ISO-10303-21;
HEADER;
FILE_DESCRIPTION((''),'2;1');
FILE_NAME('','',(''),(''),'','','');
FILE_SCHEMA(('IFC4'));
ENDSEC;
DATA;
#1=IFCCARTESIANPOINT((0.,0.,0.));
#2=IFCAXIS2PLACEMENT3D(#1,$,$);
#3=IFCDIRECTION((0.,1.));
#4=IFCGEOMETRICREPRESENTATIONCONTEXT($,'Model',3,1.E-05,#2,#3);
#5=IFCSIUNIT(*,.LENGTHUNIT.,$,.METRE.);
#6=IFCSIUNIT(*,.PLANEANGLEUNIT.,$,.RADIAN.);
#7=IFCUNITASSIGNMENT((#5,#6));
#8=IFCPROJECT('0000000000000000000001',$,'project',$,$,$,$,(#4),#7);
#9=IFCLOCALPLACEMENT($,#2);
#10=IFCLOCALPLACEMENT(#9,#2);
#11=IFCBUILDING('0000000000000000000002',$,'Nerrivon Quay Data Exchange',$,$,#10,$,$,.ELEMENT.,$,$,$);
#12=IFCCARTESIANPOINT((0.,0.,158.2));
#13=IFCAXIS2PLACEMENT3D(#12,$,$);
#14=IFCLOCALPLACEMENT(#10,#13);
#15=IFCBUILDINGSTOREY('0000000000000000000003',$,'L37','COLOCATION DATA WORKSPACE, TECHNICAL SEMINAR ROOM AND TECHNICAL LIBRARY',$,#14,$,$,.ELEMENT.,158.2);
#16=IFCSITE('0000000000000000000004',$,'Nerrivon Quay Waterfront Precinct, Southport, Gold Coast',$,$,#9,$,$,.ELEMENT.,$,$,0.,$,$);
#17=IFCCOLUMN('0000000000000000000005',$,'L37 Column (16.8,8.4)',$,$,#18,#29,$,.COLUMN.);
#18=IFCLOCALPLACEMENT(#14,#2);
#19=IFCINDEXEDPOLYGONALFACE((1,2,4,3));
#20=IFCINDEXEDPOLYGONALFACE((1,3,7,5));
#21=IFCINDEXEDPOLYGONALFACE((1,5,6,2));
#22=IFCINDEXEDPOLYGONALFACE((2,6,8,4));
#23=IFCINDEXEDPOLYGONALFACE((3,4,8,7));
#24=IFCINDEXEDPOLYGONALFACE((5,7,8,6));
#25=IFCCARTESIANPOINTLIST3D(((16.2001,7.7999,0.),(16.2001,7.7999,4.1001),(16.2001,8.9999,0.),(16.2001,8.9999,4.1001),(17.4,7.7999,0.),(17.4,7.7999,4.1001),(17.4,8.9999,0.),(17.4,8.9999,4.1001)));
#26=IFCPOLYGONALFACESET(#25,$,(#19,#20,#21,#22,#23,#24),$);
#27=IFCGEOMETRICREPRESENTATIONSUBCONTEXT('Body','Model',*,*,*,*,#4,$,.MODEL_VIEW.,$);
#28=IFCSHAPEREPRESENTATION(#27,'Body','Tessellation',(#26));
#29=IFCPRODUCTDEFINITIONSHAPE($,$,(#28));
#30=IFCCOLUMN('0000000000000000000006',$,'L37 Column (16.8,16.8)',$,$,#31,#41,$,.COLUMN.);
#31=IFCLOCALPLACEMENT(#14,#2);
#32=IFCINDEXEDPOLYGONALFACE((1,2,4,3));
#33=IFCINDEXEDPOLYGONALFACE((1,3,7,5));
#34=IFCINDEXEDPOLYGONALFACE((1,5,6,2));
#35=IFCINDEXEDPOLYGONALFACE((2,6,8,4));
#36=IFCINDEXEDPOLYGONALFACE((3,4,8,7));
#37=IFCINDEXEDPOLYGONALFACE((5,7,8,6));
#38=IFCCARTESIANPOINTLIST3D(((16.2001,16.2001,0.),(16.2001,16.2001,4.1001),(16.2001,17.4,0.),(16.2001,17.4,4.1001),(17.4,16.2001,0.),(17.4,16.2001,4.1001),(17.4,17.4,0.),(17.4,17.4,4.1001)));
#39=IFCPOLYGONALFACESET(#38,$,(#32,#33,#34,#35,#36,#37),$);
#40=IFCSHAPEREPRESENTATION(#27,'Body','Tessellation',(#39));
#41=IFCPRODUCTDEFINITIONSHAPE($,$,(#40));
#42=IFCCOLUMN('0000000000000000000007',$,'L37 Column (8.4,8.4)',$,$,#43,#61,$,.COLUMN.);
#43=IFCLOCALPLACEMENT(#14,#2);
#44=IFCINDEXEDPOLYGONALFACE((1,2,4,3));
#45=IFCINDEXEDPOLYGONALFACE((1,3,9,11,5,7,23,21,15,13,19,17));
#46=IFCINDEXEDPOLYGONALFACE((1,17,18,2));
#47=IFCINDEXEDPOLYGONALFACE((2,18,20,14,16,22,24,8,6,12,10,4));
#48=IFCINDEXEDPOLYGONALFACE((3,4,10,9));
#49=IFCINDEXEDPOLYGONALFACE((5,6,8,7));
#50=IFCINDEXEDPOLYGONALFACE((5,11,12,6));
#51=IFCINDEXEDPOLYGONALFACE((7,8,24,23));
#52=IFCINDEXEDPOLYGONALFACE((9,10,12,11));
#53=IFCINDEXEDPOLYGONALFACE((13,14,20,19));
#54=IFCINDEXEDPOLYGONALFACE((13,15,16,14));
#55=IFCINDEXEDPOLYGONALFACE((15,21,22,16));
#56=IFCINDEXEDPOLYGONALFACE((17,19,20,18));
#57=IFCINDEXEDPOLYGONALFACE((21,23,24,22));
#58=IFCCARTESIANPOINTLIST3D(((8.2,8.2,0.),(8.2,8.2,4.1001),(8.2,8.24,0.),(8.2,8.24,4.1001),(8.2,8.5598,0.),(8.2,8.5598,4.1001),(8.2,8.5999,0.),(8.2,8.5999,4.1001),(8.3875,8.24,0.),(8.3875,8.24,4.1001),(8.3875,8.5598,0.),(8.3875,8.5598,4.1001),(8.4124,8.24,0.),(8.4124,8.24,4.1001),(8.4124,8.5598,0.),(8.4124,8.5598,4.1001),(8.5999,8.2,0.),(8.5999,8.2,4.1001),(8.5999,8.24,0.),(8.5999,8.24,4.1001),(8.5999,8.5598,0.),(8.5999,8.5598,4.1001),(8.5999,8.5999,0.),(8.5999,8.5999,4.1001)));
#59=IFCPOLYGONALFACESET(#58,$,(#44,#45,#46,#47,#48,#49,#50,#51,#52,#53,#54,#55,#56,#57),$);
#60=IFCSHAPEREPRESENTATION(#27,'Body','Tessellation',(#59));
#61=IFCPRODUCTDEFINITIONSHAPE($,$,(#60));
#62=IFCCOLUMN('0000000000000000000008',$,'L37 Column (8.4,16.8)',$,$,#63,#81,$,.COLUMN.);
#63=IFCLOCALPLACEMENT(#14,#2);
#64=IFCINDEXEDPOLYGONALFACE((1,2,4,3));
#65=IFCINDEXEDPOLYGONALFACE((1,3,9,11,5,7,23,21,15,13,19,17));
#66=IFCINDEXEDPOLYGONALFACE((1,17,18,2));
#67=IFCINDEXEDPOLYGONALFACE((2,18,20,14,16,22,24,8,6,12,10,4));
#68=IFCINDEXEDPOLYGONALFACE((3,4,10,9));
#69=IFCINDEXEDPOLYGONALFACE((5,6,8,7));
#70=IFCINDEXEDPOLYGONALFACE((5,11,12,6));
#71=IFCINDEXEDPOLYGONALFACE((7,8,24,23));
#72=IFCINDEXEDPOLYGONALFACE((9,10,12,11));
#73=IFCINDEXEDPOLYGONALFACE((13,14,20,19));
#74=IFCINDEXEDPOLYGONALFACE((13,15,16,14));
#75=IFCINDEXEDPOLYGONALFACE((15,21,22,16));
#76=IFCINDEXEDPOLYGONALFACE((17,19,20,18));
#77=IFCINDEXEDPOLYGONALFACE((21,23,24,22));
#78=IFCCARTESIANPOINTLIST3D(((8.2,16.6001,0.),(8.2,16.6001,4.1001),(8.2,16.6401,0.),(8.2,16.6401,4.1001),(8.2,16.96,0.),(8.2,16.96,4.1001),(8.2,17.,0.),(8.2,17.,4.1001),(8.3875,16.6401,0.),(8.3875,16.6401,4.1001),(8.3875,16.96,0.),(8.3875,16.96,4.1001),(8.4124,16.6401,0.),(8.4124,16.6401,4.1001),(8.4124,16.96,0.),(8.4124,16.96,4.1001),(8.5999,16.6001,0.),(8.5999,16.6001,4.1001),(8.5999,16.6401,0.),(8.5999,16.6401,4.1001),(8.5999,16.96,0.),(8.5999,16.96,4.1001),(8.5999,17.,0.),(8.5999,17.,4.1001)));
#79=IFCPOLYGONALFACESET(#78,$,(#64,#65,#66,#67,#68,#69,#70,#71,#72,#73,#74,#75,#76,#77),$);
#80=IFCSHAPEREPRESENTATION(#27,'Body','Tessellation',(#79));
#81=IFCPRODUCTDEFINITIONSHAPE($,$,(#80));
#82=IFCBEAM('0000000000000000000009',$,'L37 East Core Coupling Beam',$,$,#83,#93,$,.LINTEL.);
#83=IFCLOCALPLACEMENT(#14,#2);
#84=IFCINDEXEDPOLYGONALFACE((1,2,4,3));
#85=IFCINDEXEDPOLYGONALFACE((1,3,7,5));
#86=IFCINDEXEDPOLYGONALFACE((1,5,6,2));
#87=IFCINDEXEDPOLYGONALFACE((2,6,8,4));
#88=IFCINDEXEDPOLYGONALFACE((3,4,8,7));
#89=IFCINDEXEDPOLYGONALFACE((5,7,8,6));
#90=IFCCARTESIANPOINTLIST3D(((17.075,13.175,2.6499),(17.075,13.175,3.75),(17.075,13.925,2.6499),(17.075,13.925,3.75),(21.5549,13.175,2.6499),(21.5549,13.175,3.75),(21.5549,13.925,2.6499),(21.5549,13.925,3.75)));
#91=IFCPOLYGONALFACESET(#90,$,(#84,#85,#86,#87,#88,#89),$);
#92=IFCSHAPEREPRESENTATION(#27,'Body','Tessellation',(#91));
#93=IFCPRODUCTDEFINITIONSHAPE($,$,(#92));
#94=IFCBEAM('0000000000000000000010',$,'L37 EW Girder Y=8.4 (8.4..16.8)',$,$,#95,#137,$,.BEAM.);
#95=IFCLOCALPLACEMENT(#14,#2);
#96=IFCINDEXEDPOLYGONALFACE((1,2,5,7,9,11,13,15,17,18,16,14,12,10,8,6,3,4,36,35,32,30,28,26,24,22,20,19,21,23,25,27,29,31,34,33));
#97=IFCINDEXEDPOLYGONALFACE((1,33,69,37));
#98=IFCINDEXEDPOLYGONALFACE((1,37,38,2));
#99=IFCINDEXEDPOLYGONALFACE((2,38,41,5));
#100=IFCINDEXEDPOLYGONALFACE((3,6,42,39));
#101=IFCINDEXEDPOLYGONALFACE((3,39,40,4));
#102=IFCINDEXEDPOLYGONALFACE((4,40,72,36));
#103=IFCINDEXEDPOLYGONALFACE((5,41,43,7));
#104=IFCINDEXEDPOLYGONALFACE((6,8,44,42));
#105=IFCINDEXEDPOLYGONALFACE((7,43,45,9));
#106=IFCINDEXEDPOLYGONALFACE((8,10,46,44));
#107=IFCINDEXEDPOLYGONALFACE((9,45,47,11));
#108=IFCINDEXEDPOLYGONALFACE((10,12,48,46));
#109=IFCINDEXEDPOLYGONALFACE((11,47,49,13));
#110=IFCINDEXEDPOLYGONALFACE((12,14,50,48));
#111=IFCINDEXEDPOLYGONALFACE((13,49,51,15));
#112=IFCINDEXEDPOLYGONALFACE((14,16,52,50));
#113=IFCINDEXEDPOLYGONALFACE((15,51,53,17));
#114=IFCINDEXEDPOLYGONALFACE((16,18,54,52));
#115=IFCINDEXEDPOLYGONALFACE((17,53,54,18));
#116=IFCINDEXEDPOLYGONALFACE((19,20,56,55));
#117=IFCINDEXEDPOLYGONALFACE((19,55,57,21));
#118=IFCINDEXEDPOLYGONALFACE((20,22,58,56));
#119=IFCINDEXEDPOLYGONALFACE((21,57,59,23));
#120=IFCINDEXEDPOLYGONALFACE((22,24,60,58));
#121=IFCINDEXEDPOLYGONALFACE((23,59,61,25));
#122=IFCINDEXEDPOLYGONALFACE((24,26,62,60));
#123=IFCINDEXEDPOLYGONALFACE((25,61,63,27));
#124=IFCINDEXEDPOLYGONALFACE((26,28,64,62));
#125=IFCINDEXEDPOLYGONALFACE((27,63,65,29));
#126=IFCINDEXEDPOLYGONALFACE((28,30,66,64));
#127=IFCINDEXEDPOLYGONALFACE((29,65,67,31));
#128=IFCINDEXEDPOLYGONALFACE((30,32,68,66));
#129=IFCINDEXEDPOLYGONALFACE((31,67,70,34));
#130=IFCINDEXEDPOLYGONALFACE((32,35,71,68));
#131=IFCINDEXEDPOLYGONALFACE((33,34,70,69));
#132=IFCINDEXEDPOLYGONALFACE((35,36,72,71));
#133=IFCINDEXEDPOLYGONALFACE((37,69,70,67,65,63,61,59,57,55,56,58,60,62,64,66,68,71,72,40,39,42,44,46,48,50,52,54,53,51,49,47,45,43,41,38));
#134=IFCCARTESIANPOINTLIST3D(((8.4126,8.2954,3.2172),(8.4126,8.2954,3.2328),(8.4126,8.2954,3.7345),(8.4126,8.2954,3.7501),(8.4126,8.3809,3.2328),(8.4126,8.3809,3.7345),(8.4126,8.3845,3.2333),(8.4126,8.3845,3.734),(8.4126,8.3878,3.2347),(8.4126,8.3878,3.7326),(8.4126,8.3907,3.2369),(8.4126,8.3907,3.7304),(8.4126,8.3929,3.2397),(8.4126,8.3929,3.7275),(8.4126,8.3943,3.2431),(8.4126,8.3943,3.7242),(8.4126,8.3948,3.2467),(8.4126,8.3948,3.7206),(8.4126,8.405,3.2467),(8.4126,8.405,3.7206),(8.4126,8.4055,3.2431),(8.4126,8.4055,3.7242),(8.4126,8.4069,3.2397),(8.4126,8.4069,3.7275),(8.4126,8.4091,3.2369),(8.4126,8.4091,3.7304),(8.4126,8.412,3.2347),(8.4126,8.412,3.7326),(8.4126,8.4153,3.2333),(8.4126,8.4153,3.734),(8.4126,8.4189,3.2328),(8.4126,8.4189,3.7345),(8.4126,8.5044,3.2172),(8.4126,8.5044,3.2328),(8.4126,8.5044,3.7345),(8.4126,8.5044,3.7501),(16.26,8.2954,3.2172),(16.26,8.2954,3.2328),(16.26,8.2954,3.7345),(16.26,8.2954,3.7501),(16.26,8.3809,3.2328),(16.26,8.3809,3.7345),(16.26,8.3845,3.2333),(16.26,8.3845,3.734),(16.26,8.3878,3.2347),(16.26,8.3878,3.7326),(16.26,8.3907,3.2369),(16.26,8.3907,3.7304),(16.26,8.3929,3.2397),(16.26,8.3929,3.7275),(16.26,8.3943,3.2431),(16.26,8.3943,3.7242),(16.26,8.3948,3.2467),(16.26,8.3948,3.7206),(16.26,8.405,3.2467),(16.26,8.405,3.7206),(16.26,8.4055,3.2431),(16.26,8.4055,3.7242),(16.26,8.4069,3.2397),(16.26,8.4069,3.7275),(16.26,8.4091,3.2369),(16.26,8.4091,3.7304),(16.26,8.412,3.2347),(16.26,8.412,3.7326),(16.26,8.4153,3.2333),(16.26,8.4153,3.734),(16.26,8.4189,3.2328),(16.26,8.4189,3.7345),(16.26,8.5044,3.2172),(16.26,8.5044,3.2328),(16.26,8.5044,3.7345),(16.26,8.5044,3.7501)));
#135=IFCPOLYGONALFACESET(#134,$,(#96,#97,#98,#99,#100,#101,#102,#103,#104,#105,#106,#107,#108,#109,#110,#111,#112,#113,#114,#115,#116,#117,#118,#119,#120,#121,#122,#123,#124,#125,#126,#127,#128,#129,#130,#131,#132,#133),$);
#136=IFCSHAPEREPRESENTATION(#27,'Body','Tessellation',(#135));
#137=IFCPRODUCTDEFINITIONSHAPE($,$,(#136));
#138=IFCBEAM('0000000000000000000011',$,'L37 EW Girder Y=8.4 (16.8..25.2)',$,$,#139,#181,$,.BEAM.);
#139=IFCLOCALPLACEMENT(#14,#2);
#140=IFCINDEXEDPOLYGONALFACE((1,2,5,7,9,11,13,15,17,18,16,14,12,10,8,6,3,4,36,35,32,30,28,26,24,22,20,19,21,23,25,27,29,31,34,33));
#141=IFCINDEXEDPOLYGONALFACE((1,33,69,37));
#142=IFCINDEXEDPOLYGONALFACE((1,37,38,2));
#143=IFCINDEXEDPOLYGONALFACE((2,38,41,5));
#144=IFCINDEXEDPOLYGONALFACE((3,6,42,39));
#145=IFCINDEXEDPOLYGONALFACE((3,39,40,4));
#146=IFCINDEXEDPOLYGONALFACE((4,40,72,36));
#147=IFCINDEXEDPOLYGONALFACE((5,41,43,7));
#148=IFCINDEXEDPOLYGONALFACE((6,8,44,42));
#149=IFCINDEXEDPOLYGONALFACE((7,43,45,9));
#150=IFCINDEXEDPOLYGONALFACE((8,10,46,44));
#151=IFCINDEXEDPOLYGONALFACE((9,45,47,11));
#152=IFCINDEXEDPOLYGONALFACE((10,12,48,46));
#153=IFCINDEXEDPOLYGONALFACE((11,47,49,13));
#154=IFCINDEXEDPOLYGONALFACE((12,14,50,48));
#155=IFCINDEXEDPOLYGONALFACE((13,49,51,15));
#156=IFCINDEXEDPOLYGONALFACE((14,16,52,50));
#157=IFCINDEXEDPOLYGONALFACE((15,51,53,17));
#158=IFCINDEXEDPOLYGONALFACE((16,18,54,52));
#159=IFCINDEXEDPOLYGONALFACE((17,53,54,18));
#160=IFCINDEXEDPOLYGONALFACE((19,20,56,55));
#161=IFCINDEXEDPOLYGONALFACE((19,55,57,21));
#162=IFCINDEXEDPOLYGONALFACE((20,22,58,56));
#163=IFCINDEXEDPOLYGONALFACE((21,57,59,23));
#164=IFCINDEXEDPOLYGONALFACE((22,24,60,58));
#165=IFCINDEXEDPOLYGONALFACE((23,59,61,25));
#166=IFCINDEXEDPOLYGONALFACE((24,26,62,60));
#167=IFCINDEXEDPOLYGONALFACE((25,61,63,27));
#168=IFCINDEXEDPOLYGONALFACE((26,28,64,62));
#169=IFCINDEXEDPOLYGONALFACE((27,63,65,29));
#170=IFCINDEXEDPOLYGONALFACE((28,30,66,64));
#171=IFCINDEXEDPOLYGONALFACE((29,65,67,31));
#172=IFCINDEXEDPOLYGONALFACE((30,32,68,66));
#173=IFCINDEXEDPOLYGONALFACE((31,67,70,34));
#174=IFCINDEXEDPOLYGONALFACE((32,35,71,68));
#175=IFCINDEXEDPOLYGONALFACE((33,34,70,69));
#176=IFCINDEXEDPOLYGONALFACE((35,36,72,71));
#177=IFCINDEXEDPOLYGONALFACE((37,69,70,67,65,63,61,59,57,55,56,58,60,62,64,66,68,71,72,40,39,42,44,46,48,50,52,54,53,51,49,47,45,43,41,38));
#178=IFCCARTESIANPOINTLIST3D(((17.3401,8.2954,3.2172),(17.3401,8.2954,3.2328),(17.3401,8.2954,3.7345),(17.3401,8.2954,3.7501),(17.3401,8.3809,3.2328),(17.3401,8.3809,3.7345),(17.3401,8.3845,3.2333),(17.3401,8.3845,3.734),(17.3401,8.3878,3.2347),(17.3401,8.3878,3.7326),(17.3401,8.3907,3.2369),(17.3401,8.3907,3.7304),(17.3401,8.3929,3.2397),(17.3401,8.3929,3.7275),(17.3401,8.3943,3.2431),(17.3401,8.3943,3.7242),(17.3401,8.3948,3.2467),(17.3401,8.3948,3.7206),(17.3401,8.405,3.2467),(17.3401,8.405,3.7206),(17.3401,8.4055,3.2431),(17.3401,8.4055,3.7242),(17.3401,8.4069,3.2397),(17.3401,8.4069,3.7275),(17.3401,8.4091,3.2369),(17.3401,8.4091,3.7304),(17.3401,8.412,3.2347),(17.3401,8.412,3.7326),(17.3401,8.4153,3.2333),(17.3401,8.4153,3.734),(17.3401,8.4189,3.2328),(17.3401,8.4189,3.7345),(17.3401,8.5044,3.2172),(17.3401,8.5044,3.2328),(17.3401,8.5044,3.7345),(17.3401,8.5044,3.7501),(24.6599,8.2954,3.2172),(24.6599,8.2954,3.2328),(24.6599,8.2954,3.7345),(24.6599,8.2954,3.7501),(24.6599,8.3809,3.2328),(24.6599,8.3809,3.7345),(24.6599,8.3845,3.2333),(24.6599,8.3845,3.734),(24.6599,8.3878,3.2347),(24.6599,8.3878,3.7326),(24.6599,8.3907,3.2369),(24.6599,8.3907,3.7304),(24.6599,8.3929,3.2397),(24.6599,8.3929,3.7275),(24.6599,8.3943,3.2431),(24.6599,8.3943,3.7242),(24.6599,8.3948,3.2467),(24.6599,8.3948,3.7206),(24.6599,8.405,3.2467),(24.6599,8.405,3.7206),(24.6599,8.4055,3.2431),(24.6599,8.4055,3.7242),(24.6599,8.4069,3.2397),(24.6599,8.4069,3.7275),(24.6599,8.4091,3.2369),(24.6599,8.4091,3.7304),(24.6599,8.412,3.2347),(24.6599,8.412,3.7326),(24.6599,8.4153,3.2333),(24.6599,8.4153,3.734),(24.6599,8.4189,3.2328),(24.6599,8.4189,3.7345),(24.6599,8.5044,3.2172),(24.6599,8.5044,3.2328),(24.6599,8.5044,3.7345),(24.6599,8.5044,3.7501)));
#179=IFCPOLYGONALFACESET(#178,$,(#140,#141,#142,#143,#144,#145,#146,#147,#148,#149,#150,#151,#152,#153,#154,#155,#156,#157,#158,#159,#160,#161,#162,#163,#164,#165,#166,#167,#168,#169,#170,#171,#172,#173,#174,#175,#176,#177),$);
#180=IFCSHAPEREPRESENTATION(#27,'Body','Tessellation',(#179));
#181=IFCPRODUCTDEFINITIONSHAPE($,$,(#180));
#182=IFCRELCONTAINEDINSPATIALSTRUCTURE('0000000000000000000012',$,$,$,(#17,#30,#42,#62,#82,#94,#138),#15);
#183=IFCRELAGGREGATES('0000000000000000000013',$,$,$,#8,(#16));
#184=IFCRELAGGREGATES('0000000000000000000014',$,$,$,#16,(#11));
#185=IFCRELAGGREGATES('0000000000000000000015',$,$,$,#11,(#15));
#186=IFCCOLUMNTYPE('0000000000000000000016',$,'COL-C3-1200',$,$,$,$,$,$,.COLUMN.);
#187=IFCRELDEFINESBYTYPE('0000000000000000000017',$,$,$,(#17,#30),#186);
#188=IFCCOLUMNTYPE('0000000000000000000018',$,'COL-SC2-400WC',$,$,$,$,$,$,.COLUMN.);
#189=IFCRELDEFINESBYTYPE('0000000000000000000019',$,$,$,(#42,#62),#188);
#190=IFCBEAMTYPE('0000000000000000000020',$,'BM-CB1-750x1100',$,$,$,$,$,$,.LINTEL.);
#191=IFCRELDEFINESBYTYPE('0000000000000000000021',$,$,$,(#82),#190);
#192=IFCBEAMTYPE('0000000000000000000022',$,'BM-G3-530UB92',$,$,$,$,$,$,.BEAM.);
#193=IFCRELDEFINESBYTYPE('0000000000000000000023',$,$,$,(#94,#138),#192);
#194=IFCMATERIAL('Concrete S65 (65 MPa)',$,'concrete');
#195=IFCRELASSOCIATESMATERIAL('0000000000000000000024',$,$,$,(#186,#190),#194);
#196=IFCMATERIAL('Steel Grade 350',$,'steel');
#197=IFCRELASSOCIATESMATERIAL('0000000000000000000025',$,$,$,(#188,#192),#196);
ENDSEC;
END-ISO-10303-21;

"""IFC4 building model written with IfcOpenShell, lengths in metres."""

from ifc_helpers import new_model, si_unit, direction, frame, origin, origin_2d, place, context, subcontext, project, spatial, rectangle, i_section, extrude, material, material_profile, profile_set, type_object, element, save


model = new_model("IFC4")

# Units and contexts
model_context = context("Model", 3, precision=1e-05, world=origin(), true_north=direction((0.0, 1.0)))
body_context = subcontext(model_context, "Body", "Model", "MODEL_VIEW")
ifc_project = project(units=[si_unit("LENGTHUNIT", "METRE"), si_unit("PLANEANGLEUNIT", "RADIAN")], contexts=[model_context])

# Site, building, storey
site_placement = place(None, origin())
site = spatial("IfcSite", under=ifc_project, at=site_placement, Name="Nerrivon Quay Waterfront Precinct, Southport, Gold Coast", CompositionType="ELEMENT", RefElevation=0.0)
building_placement = place(site_placement, origin())
building = spatial("IfcBuilding", under=site, at=building_placement, Name="Nerrivon Quay Data Exchange", CompositionType="ELEMENT")
storey_placement = place(building_placement, frame((0.0, 0.0, 158.2)))
storey = spatial("IfcBuildingStorey", under=building, at=storey_placement, Name="L37", Description="COLOCATION DATA WORKSPACE, TECHNICAL SEMINAR ROOM AND TECHNICAL LIBRARY", CompositionType="ELEMENT", Elevation=158.2)

# Columns
ifc_material_1 = material(Name="Concrete S65 (65 MPa)", Category="concrete")
ifc_material_profile_1 = material_profile(ifc_material_1, rectangle(XDim=1.2, YDim=1.2, at=origin_2d()), Name="RC-COL-1200x1200")
ifc_profile_set_1 = profile_set([ifc_material_profile_1], Name="Concrete S65 (65 MPa)")
column_type_1 = type_object("IfcColumnType", Name="COL-C3-1200", PredefinedType="COLUMN", material=ifc_profile_set_1)
for number, where, z_axis, x_axis, name in (
    (1, (16.8, 8.3999, 0.0), (0.0, 0.0, 1.0), (1.0, 0.0, 0.0), "L37 Column (16.8,8.4)"),
    (2, (16.8, 16.8, 0.0), (0.0, 0.0, 1.0), (1.0, 0.0, 0.0), "L37 Column (16.8,16.8)"),
):
    element("IfcColumn", number, at=place(storey_placement, frame(where, z_axis=z_axis, x_axis=x_axis)), inside=storey, type_object=column_type_1, Name=name, PredefinedType="COLUMN", context=body_context, shape_type="SweptSolid", body=[
        extrude(rectangle(XDim=1.2, YDim=1.2, at=origin_2d()), origin(), (0.0, 0.0, 1.0), 4.1001),
    ])
ifc_material_2 = material(Name="Steel Grade 350", Category="steel")
ifc_material_profile_2 = material_profile(ifc_material_2, i_section(OverallWidth=0.3999, OverallDepth=0.3999, WebThickness=0.0249, FlangeThickness=0.04, at=origin_2d()), Name="400WC328")
ifc_profile_set_2 = profile_set([ifc_material_profile_2], Name="Steel Grade 350")
column_type_2 = type_object("IfcColumnType", Name="COL-SC2-400WC", PredefinedType="COLUMN", material=ifc_profile_set_2)
for number, where, z_axis, x_axis, name in (
    (3, (8.3999, 8.3999, 0.0), (0.0, 0.0, 1.0), (1.0, 0.0, 0.0), "L37 Column (8.4,8.4)"),
    (4, (8.3999, 16.8, 0.0), (0.0, 0.0, 1.0), (1.0, 0.0, 0.0), "L37 Column (8.4,16.8)"),
):
    element("IfcColumn", number, at=place(storey_placement, frame(where, z_axis=z_axis, x_axis=x_axis)), inside=storey, type_object=column_type_2, Name=name, PredefinedType="COLUMN", context=body_context, shape_type="SweptSolid", body=[
        extrude(i_section(OverallWidth=0.3999, OverallDepth=0.3999, WebThickness=0.0249, FlangeThickness=0.04, at=origin_2d()), origin(), (0.0, 0.0, 1.0), 4.1001),
    ])

# Beams
ifc_material_profile_3 = material_profile(ifc_material_1, rectangle(XDim=0.75, YDim=1.1001, at=origin_2d()), Name="RC-CB-750x1100")
ifc_profile_set_3 = profile_set([ifc_material_profile_3], Name="Concrete S65 (65 MPa)")
beam_type_1 = type_object("IfcBeamType", Name="BM-CB1-750x1100", PredefinedType="LINTEL", material=ifc_profile_set_3)
beam_1_placement = place(storey_placement, frame((17.075, 13.55, 3.2), z_axis=(1.0, 0.0, 0.0), x_axis=(0.0, 1.0, 0.0)))
element("IfcBeam", 5, at=beam_1_placement, inside=storey, type_object=beam_type_1, Name="L37 East Core Coupling Beam", PredefinedType="LINTEL", context=body_context, shape_type="SweptSolid", body=[
    extrude(rectangle(XDim=0.75, YDim=1.1001, at=origin_2d()), origin(), (0.0, 0.0, 1.0), 4.48),
])
ifc_material_profile_4 = material_profile(ifc_material_2, i_section(OverallWidth=0.209, OverallDepth=0.533, WebThickness=0.0103, FlangeThickness=0.0156, FilletRadius=0.0139, at=origin_2d()), Name="530UB92.4")
ifc_profile_set_4 = profile_set([ifc_material_profile_4], Name="Steel Grade 350")
beam_type_2 = type_object("IfcBeamType", Name="BM-G3-530UB92", PredefinedType="BEAM", material=ifc_profile_set_4)
beam_2_placement = place(storey_placement, frame((8.4126, 8.3999, 3.4836), z_axis=(1.0, 0.0, 0.0), x_axis=(0.0, 1.0, 0.0)))
element("IfcBeam", 6, at=beam_2_placement, inside=storey, type_object=beam_type_2, Name="L37 EW Girder Y=8.4 (8.4..16.8)", PredefinedType="BEAM", context=body_context, shape_type="SweptSolid", body=[
    extrude(i_section(OverallWidth=0.209, OverallDepth=0.533, WebThickness=0.0103, FlangeThickness=0.0156, FilletRadius=0.0139, at=origin_2d()), origin(), (0.0, 0.0, 1.0), 7.8474),
])
beam_3_placement = place(storey_placement, frame((17.3401, 8.3999, 3.4836), z_axis=(1.0, 0.0, 0.0), x_axis=(0.0, 1.0, 0.0)))
element("IfcBeam", 7, at=beam_3_placement, inside=storey, type_object=beam_type_2, Name="L37 EW Girder Y=8.4 (16.8..25.2)", PredefinedType="BEAM", context=body_context, shape_type="SweptSolid", body=[
    extrude(i_section(OverallWidth=0.209, OverallDepth=0.533, WebThickness=0.0103, FlangeThickness=0.0156, FilletRadius=0.0139, at=origin_2d()), origin(), (0.0, 0.0, 1.0), 7.3198),
])

save(model, "model.ifc")
